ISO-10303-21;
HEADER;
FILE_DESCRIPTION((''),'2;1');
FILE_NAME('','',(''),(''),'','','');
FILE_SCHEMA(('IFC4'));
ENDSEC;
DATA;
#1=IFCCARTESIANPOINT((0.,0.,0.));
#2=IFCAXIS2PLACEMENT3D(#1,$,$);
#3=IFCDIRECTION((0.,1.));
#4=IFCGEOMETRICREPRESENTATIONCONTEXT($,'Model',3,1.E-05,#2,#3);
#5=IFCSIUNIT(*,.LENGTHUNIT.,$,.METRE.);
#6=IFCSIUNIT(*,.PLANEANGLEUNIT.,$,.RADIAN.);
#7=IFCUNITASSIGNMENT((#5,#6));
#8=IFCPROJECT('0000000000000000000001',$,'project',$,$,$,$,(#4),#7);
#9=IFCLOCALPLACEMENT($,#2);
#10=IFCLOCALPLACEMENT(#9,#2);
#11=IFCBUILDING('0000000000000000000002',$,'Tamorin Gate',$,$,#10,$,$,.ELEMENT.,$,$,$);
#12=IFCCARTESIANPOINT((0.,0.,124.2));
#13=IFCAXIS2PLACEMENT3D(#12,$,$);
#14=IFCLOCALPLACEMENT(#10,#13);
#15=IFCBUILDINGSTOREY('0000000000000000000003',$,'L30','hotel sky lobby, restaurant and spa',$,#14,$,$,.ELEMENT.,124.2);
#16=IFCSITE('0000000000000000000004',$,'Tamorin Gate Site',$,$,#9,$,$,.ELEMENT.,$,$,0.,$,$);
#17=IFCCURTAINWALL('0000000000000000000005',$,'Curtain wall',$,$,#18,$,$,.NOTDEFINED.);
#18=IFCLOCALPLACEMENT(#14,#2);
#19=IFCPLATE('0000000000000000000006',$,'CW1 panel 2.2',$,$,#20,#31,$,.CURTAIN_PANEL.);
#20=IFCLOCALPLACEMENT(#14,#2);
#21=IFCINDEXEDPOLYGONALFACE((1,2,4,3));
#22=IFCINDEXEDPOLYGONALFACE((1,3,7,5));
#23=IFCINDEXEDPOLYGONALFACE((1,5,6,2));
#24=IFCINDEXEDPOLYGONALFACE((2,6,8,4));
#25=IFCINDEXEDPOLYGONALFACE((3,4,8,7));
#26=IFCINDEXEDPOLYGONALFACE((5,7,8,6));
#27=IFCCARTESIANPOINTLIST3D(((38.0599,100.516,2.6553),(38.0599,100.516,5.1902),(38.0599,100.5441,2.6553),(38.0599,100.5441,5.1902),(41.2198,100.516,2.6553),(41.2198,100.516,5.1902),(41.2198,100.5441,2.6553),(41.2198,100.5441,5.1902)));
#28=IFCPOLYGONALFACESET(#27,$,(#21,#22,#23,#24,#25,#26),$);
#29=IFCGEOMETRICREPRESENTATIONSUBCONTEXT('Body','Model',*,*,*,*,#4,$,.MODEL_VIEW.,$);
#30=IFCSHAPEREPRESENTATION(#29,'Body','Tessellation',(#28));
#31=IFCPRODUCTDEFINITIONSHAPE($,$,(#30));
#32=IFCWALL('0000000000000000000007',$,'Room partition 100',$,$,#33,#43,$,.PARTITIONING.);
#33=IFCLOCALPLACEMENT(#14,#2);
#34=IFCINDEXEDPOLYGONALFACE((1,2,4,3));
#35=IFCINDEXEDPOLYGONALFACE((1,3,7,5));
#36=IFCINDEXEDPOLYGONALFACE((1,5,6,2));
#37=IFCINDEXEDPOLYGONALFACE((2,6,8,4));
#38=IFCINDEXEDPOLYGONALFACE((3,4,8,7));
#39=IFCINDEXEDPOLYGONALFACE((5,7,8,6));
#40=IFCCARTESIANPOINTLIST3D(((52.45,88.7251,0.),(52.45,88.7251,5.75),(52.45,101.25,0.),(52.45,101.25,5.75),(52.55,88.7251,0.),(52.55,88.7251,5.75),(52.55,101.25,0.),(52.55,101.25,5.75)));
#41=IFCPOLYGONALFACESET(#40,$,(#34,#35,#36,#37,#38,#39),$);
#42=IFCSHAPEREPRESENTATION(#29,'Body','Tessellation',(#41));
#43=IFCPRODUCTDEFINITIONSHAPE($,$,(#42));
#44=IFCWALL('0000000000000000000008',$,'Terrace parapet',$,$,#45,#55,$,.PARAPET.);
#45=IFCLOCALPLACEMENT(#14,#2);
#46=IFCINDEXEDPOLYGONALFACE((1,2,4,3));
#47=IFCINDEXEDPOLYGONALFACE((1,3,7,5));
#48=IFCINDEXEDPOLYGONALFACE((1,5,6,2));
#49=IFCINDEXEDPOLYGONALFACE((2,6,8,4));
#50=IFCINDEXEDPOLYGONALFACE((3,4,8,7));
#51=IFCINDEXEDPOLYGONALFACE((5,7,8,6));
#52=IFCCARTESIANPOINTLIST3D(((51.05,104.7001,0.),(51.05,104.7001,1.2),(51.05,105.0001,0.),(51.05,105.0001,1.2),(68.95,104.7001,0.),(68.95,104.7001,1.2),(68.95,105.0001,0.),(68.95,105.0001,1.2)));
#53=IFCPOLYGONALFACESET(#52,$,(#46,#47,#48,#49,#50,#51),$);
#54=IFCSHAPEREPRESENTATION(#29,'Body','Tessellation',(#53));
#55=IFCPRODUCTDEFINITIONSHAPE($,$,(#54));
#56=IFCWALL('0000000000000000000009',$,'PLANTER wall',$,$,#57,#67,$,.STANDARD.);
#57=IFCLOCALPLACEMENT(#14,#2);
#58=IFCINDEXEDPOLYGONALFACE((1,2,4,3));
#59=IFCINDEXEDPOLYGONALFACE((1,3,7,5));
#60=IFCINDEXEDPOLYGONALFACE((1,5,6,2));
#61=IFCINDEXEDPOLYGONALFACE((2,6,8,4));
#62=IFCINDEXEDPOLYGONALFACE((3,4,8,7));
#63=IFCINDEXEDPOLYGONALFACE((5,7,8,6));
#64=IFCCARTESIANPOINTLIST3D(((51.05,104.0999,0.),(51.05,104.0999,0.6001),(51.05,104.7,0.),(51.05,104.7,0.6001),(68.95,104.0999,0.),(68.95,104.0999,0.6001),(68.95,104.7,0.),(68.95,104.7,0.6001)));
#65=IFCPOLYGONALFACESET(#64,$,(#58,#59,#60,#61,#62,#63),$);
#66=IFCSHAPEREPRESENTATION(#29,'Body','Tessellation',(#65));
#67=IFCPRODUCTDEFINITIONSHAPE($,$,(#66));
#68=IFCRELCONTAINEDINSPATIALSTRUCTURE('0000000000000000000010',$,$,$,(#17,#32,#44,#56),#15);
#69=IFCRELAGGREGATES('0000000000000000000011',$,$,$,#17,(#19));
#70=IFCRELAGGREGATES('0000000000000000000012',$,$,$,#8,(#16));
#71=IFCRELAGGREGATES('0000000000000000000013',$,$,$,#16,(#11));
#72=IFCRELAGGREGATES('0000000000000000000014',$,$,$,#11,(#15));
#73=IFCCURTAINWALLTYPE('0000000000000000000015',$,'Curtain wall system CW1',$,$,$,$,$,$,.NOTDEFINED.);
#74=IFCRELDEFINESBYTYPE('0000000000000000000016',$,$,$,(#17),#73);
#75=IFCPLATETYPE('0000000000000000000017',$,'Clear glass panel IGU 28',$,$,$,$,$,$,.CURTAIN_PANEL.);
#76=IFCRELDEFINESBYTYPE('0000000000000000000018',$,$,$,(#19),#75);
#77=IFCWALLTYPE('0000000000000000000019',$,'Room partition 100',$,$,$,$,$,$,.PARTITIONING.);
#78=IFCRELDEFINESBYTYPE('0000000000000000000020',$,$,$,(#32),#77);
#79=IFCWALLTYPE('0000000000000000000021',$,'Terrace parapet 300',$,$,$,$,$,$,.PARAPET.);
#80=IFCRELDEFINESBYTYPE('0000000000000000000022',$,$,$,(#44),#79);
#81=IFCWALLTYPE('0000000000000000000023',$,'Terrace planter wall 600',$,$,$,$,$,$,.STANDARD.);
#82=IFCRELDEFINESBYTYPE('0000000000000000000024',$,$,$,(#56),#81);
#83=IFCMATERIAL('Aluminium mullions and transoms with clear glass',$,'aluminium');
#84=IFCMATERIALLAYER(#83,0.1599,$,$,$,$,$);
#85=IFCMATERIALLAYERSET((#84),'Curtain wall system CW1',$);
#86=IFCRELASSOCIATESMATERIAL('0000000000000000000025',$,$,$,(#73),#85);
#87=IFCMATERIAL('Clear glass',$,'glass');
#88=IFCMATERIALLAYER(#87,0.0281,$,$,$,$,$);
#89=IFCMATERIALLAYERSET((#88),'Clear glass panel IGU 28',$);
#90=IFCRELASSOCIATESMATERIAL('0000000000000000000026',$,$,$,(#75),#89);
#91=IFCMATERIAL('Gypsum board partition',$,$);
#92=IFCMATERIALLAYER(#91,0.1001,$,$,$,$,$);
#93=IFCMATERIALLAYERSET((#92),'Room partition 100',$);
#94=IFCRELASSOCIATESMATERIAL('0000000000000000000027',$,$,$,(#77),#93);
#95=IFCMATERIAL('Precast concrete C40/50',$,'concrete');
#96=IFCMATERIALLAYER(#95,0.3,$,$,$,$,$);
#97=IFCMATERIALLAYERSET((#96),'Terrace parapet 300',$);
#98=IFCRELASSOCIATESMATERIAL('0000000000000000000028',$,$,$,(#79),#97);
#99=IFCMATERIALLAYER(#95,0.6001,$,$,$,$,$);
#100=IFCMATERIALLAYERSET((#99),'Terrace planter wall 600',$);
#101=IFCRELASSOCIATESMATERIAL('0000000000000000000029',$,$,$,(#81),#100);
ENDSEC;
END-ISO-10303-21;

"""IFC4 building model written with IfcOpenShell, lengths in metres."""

from ifc_helpers import new_model, si_unit, direction, frame, frame_2d, origin, origin_2d, place, context, subcontext, project, spatial, rectangle, extrude, material, layer, layer_set, type_object, element, aggregate, save


model = new_model("IFC4")

# Units and contexts
model_context = context("Model", 3, precision=1e-05, world=origin(), true_north=direction((0.0, 1.0)))
body_context = subcontext(model_context, "Body", "Model", "MODEL_VIEW")
ifc_project = project(units=[si_unit("LENGTHUNIT", "METRE"), si_unit("PLANEANGLEUNIT", "RADIAN")], contexts=[model_context])

# Site, building, storey
site_placement = place(None, origin())
site = spatial("IfcSite", under=ifc_project, at=site_placement, Name="Tamorin Gate Site", CompositionType="ELEMENT", RefElevation=0.0)
building_placement = place(site_placement, origin())
building = spatial("IfcBuilding", under=site, at=building_placement, Name="Tamorin Gate", CompositionType="ELEMENT")
storey_placement = place(building_placement, frame((0.0, 0.0, 124.2)))
storey = spatial("IfcBuildingStorey", under=building, at=storey_placement, Name="L30", Description="hotel sky lobby, restaurant and spa", CompositionType="ELEMENT", Elevation=124.2)

# Curtain wall
ifc_material_1 = material(Name="Aluminium mullions and transoms with clear glass", Category="aluminium")
ifc_layer_1 = layer(ifc_material_1, 0.1599)
ifc_layer_set_1 = layer_set([ifc_layer_1], Name="Curtain wall system CW1")
curtain_wall_type = type_object("IfcCurtainWallType", Name="Curtain wall system CW1", PredefinedType="NOTDEFINED", material=ifc_layer_set_1)
curtain_wall_1_placement = place(storey_placement, origin())
curtain_wall_1 = element("IfcCurtainWall", 1, at=curtain_wall_1_placement, inside=storey, type_object=curtain_wall_type, Name="Curtain wall", PredefinedType="NOTDEFINED")

# Plate
ifc_material_2 = material(Name="Clear glass", Category="glass")
ifc_layer_2 = layer(ifc_material_2, 0.0281)
ifc_layer_set_2 = layer_set([ifc_layer_2], Name="Clear glass panel IGU 28")
plate_type = type_object("IfcPlateType", Name="Clear glass panel IGU 28", PredefinedType="CURTAIN_PANEL", material=ifc_layer_set_2)
plate_1_placement = place(storey_placement, frame((39.6399, 100.53, 2.6553), z_axis=(0.0, 0.0, 1.0), x_axis=(-1.0, 0.0, 0.0)))
plate_1 = element("IfcPlate", 2, at=plate_1_placement, type_object=plate_type, Name="CW1 panel 2.2", PredefinedType="CURTAIN_PANEL", context=body_context, shape_type="SweptSolid", body=[
    extrude(rectangle(XDim=3.1599, YDim=0.0281, at=origin_2d()), origin(), (0.0, 0.0, 1.0), 2.5349),
])
aggregate(curtain_wall_1, [plate_1])

# Shared definitions
ifc_material_3 = material(Name="Precast concrete C40/50", Category="concrete")

# Walls
ifc_material_4 = material(Name="Gypsum board partition")
ifc_layer_3 = layer(ifc_material_4, 0.1001)
ifc_layer_set_3 = layer_set([ifc_layer_3], Name="Room partition 100")
wall_type_1 = type_object("IfcWallType", Name="Room partition 100", PredefinedType="PARTITIONING", material=ifc_layer_set_3)
wall_1_placement = place(storey_placement, frame((52.5, 88.7251, 0.0), z_axis=(0.0, 0.0, 1.0), x_axis=(0.0, 1.0, 0.0)))
element("IfcWall", 3, at=wall_1_placement, inside=storey, type_object=wall_type_1, Name="Room partition 100", PredefinedType="PARTITIONING", context=body_context, shape_type="SweptSolid", body=[
    extrude(rectangle(XDim=12.5249, YDim=0.1001, at=frame_2d((6.2625, 0.0))), origin(), (0.0, 0.0, 1.0), 5.75),
])
ifc_layer_4 = layer(ifc_material_3, 0.3)
ifc_layer_set_4 = layer_set([ifc_layer_4], Name="Terrace parapet 300")
wall_type_2 = type_object("IfcWallType", Name="Terrace parapet 300", PredefinedType="PARAPET", material=ifc_layer_set_4)
wall_2_placement = place(storey_placement, frame((51.05, 104.8501, 0.0), z_axis=(0.0, 0.0, 1.0), x_axis=(1.0, 0.0, 0.0)))
element("IfcWall", 4, at=wall_2_placement, inside=storey, type_object=wall_type_2, Name="Terrace parapet", PredefinedType="PARAPET", context=body_context, shape_type="SweptSolid", body=[
    extrude(rectangle(XDim=17.8999, YDim=0.3, at=frame_2d((8.95, 0.0))), origin(), (0.0, 0.0, 1.0), 1.2),
])
ifc_layer_5 = layer(ifc_material_3, 0.6001)
ifc_layer_set_5 = layer_set([ifc_layer_5], Name="Terrace planter wall 600")
wall_type_3 = type_object("IfcWallType", Name="Terrace planter wall 600", PredefinedType="STANDARD", material=ifc_layer_set_5)
wall_3_placement = place(storey_placement, frame((51.05, 104.3999, 0.0), z_axis=(0.0, 0.0, 1.0), x_axis=(1.0, 0.0, 0.0)))
element("IfcWall", 5, at=wall_3_placement, inside=storey, type_object=wall_type_3, Name="PLANTER wall", PredefinedType="STANDARD", context=body_context, shape_type="SweptSolid", body=[
    extrude(rectangle(XDim=17.8999, YDim=0.6001, at=frame_2d((8.95, 0.0))), origin(), (0.0, 0.0, 1.0), 0.6001),
])

save(model, "model.ifc")
